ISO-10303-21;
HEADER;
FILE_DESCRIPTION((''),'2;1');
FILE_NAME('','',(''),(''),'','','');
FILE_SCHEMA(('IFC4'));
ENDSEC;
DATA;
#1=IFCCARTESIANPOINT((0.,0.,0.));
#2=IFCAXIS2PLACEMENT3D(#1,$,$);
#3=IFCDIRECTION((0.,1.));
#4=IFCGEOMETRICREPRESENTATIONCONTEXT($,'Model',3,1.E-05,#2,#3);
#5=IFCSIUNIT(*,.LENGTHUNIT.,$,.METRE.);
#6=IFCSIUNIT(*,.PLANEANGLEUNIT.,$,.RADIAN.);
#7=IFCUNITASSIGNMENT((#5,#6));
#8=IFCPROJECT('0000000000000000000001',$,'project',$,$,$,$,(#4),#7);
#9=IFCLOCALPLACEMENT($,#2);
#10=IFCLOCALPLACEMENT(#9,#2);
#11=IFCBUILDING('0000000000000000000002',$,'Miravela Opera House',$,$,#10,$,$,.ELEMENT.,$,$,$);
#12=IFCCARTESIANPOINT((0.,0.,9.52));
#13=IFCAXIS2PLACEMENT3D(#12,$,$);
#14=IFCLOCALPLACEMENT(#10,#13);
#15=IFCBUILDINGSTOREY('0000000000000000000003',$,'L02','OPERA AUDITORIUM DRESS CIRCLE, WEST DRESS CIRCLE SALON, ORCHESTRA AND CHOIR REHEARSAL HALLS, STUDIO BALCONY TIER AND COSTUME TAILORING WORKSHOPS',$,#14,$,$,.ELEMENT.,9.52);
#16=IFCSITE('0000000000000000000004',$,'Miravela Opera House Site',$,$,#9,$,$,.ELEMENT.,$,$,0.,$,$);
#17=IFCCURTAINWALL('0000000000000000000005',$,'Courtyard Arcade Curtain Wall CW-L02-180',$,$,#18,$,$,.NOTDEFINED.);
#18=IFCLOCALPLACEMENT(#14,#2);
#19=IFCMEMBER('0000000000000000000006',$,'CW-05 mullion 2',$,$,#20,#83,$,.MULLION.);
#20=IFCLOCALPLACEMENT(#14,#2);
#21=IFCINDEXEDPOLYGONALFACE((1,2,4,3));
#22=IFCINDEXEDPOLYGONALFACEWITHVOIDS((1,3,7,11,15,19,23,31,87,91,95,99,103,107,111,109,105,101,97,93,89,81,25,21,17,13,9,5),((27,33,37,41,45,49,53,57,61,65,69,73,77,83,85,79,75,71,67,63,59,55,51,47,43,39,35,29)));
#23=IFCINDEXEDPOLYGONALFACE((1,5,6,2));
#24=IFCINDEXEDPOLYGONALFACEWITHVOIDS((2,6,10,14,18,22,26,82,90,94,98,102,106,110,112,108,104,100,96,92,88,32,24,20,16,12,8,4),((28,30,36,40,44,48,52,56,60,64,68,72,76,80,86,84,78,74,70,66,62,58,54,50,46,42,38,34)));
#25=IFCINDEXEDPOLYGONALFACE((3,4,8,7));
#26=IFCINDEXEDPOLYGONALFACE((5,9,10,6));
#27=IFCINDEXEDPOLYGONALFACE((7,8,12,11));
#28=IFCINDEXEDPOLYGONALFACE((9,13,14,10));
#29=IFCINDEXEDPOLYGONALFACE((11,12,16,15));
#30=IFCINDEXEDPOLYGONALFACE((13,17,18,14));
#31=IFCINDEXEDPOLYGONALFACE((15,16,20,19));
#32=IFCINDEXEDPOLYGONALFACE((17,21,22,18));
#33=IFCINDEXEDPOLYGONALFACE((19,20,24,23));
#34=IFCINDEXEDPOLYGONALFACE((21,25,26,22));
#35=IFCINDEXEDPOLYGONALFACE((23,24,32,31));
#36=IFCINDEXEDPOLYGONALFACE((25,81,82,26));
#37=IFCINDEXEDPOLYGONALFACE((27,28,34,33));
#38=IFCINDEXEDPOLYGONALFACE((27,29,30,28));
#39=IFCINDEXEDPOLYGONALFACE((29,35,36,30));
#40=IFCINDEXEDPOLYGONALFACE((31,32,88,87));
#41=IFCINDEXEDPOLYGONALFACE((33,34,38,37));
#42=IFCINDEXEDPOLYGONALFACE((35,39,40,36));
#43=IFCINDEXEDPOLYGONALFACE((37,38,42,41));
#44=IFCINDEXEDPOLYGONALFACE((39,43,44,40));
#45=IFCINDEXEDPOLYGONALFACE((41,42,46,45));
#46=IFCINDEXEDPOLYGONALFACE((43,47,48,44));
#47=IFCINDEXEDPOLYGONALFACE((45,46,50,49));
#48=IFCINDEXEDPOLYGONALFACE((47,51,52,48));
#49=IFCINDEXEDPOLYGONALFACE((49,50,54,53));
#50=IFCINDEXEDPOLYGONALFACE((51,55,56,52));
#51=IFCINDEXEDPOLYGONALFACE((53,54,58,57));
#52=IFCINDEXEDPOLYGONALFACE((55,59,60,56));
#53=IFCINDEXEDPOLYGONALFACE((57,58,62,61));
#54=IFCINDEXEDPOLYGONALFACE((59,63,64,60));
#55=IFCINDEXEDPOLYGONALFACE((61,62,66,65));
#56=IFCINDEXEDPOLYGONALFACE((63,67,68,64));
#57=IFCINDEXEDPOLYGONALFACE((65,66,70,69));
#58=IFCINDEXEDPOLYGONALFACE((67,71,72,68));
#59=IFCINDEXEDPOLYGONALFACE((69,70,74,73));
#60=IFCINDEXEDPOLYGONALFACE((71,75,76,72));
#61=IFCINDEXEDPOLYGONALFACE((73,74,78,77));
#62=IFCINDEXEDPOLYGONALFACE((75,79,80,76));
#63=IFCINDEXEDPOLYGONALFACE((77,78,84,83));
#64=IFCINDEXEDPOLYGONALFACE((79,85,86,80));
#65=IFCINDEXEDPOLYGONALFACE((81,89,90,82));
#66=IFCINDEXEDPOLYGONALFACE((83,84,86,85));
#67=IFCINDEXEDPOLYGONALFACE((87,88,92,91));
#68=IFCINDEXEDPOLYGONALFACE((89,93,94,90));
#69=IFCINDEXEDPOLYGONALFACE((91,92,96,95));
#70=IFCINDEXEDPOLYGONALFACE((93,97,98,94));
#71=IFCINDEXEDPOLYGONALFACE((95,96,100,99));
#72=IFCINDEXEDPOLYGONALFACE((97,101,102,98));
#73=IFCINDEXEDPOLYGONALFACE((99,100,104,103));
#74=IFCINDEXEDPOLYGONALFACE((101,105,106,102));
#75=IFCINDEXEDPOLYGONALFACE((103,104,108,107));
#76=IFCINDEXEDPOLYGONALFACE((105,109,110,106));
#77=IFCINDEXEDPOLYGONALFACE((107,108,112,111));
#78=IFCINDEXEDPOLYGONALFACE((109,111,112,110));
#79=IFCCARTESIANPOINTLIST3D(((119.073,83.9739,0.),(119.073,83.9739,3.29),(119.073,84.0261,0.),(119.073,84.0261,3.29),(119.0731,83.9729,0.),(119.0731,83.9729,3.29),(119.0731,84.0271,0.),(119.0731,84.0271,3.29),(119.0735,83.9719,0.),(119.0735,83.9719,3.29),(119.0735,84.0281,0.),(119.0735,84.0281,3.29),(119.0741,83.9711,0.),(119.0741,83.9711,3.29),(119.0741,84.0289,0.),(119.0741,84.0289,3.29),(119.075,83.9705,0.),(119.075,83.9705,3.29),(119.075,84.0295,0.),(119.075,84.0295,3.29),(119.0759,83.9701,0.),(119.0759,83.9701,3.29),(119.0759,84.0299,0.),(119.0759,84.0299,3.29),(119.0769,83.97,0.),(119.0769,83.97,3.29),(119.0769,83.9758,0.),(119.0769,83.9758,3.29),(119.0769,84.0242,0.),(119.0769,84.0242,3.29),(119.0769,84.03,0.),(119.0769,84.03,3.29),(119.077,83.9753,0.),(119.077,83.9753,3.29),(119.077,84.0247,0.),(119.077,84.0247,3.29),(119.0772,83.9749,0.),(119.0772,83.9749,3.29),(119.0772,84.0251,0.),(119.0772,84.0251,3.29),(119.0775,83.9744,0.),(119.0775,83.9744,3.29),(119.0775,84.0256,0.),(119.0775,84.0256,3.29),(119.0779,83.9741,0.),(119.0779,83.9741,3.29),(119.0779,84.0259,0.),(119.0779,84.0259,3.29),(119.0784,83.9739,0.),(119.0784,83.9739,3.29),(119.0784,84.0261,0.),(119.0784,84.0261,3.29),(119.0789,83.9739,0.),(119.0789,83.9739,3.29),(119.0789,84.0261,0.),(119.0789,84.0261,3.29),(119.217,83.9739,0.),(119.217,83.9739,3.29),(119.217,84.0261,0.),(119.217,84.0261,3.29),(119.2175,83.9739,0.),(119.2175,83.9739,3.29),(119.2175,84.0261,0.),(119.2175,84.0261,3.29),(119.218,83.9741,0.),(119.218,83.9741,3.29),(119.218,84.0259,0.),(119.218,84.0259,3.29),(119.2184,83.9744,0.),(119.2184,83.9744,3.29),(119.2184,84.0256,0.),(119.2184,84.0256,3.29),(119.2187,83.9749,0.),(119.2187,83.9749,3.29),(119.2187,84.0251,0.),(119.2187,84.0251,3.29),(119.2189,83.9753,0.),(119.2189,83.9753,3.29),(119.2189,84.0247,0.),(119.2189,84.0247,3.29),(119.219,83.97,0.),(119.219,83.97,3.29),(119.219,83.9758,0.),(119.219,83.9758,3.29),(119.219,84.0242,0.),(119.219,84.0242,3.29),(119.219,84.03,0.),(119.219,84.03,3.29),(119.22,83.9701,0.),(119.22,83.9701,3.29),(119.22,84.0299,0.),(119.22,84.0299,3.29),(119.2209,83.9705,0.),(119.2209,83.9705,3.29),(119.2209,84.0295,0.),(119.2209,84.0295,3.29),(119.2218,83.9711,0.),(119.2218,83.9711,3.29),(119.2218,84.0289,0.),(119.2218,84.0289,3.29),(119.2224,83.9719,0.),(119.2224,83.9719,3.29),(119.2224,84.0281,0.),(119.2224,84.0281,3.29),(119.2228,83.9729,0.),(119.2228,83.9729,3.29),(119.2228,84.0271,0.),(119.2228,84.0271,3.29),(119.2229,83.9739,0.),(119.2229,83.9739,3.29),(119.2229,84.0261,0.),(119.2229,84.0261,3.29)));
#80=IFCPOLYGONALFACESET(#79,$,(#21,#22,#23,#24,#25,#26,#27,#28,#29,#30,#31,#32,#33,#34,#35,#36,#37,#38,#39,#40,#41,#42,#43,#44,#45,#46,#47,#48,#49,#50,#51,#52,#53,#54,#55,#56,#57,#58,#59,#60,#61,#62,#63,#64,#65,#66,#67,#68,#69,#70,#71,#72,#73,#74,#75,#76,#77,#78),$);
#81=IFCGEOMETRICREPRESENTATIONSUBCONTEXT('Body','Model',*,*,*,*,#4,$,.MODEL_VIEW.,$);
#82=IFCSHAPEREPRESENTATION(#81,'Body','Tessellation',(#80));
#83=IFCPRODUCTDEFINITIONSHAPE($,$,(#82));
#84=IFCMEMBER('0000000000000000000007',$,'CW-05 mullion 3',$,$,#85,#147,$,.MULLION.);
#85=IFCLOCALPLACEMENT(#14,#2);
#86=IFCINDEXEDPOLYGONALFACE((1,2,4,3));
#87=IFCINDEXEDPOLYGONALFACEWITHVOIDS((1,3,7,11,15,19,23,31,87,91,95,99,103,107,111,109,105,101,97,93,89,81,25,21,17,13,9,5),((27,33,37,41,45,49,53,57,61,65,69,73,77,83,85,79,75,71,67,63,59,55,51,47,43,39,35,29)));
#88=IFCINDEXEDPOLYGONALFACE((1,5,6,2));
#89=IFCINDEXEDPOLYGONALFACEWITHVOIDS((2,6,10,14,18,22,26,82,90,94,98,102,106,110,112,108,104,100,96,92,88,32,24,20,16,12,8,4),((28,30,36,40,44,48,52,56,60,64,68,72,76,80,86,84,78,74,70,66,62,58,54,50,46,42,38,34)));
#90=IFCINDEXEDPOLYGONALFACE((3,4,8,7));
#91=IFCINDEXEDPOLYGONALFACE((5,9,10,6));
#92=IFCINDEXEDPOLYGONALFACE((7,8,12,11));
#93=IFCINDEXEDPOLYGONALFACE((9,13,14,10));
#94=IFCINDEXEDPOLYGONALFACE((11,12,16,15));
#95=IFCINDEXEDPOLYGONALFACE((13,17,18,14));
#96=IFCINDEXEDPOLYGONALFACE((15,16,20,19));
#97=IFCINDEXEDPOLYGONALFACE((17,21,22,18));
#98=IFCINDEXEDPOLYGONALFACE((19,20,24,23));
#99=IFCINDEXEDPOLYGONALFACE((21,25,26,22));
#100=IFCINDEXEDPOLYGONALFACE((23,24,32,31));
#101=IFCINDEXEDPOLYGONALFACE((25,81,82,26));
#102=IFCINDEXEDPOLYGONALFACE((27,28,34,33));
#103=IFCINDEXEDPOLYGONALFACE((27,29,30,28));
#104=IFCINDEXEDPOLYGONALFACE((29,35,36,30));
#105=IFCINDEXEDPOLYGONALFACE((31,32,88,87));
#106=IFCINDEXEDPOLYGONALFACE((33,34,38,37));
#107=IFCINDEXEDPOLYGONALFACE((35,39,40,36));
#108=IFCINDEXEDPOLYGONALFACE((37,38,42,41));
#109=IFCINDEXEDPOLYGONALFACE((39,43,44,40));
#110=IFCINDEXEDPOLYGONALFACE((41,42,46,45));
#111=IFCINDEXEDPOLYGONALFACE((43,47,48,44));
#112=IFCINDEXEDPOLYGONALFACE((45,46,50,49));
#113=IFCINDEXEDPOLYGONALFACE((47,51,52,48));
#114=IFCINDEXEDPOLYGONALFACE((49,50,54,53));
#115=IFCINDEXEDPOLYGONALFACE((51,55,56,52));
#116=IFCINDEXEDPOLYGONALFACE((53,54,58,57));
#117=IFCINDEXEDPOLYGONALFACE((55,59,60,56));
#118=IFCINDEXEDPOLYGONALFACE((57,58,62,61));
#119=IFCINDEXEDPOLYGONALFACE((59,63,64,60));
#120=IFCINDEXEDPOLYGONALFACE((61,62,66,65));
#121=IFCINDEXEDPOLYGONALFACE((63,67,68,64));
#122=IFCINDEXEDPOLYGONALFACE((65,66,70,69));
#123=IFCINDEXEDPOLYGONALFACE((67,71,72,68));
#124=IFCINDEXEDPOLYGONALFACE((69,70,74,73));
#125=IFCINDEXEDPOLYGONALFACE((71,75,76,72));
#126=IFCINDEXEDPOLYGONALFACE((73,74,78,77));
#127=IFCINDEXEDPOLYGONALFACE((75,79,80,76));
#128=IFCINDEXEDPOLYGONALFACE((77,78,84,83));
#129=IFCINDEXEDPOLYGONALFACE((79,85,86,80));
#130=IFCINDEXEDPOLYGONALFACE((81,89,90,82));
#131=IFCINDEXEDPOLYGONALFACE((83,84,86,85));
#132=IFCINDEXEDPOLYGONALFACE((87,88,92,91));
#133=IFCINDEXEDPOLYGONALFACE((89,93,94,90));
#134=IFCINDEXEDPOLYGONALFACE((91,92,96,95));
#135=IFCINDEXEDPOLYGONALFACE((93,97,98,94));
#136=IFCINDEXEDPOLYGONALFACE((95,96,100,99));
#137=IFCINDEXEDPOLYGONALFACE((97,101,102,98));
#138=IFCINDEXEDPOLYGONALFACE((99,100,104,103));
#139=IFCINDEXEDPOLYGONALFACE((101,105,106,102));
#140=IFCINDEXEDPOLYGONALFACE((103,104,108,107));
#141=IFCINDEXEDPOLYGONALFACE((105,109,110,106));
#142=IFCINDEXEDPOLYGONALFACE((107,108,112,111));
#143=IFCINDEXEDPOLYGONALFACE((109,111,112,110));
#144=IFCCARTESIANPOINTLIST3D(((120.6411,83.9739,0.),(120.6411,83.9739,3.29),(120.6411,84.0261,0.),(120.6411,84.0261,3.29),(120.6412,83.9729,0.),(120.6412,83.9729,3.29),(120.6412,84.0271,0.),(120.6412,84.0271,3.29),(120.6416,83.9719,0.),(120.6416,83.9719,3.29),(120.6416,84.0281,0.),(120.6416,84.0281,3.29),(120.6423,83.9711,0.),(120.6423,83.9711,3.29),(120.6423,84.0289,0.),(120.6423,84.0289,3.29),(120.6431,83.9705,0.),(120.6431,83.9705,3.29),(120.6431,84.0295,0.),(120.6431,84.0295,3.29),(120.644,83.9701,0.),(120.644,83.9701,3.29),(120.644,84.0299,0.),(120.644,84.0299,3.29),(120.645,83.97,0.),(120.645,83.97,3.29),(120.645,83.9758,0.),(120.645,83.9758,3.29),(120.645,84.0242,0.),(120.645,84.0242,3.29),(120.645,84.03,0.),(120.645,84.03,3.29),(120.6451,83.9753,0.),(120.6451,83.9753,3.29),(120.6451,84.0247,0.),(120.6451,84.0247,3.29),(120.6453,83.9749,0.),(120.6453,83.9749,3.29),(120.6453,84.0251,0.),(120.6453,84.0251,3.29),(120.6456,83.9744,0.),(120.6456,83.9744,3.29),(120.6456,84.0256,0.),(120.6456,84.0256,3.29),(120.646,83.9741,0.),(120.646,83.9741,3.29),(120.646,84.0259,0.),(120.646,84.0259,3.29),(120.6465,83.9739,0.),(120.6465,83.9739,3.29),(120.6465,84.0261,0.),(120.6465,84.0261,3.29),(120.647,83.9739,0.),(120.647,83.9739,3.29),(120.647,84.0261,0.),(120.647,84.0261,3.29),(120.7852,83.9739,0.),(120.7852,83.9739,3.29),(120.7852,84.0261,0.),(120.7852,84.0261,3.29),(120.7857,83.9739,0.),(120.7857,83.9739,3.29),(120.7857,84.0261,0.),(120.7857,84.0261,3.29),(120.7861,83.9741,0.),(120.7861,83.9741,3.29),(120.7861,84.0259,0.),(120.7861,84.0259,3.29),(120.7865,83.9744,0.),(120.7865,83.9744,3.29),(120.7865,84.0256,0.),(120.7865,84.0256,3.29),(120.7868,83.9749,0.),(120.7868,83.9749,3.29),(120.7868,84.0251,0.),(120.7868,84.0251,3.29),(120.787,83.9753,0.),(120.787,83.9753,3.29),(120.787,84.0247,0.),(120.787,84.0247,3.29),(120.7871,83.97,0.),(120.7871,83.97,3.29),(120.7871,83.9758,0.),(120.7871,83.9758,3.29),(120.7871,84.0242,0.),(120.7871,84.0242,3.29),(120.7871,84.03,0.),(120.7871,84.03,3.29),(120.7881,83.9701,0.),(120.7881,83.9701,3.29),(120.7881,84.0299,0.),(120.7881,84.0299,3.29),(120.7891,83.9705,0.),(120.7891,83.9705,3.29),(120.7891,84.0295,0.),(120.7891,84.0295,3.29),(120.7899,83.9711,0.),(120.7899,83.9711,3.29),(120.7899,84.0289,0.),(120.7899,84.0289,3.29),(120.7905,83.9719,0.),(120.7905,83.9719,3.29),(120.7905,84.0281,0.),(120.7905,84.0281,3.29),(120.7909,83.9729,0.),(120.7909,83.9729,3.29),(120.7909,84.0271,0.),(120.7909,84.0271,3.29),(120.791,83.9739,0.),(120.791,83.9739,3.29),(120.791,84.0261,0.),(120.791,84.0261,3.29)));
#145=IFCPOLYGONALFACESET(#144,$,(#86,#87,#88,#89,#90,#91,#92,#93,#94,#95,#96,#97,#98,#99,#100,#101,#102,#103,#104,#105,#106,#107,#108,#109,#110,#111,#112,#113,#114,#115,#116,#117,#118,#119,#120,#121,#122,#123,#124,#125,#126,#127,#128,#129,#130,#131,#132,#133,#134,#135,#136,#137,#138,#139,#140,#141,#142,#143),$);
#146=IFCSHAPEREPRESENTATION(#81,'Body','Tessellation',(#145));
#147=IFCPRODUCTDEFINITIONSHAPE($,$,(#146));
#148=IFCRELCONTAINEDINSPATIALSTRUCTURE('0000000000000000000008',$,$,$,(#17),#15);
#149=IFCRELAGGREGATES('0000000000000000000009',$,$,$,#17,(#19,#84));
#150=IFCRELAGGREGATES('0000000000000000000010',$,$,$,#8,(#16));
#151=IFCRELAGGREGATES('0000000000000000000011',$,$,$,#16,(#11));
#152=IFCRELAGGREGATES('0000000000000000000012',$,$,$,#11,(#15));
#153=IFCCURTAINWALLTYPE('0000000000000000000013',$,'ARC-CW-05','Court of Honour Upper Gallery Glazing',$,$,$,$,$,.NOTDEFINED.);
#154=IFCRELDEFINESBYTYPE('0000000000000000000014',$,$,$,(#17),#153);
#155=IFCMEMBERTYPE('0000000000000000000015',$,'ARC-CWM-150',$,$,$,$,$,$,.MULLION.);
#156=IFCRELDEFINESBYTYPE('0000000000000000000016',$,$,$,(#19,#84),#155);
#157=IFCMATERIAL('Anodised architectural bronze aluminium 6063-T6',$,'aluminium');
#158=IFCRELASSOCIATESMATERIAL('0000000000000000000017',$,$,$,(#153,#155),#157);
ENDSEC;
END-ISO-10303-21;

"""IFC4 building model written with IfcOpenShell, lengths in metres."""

from ifc_helpers import new_model, si_unit, direction, frame, origin, origin_2d, place, context, subcontext, project, spatial, hollow_rectangle, extrude, material, material_profile, profile_set, type_object, element, aggregate, save


model = new_model("IFC4")

# Units and contexts
model_context = context("Model", 3, precision=1e-05, world=origin(), true_north=direction((0.0, 1.0)))
body_context = subcontext(model_context, "Body", "Model", "MODEL_VIEW")
ifc_project = project(units=[si_unit("LENGTHUNIT", "METRE"), si_unit("PLANEANGLEUNIT", "RADIAN")], contexts=[model_context])

# Site, building, storey
site_placement = place(None, origin())
site = spatial("IfcSite", under=ifc_project, at=site_placement, Name="Miravela Opera House Site", CompositionType="ELEMENT", RefElevation=0.0)
building_placement = place(site_placement, origin())
building = spatial("IfcBuilding", under=site, at=building_placement, Name="Miravela Opera House", CompositionType="ELEMENT")
storey_placement = place(building_placement, frame((0.0, 0.0, 9.52)))
storey = spatial("IfcBuildingStorey", under=building, at=storey_placement, Name="L02", Description="OPERA AUDITORIUM DRESS CIRCLE, WEST DRESS CIRCLE SALON, ORCHESTRA AND CHOIR REHEARSAL HALLS, STUDIO BALCONY TIER AND COSTUME TAILORING WORKSHOPS", CompositionType="ELEMENT", Elevation=9.52)

# Curtain wall, members
ifc_material_1 = material(Name="Anodised architectural bronze aluminium 6063-T6", Category="aluminium")
curtain_wall_type = type_object("IfcCurtainWallType", Name="ARC-CW-05", Description="Court of Honour Upper Gallery Glazing", PredefinedType="NOTDEFINED", material=ifc_material_1)
curtain_wall_placement = place(storey_placement, origin())
curtain_wall = element("IfcCurtainWall", 1, at=curtain_wall_placement, inside=storey, type_object=curtain_wall_type, Name="Courtyard Arcade Curtain Wall CW-L02-180", PredefinedType="NOTDEFINED")
ifc_material_profile_1 = material_profile(ifc_material_1, hollow_rectangle(XDim=0.0601, YDim=0.1499, WallThickness=0.0039, InnerFilletRadius=0.002, OuterFilletRadius=0.0039, at=origin_2d()), Name="CWM-60X150")
ifc_profile_set_1 = profile_set([ifc_material_profile_1])
member_type_1 = type_object("IfcMemberType", Name="ARC-CWM-150", PredefinedType="MULLION", material=ifc_profile_set_1)
member_1_placement = place(storey_placement, frame((119.1479, 84.0, 0.0), z_axis=(0.0, 0.0, 1.0), x_axis=(0.0, 1.0, 0.0)))
member_1 = element("IfcMember", 2, at=member_1_placement, type_object=member_type_1, Name="CW-05 mullion 2", PredefinedType="MULLION", context=body_context, shape_type="SweptSolid", body=[
    extrude(hollow_rectangle(XDim=0.0601, YDim=0.1499, WallThickness=0.0039, InnerFilletRadius=0.002, OuterFilletRadius=0.0039, at=origin_2d()), origin(), (0.0, 0.0, 1.0), 3.29),
])
member_2_placement = place(storey_placement, frame((120.7161, 84.0, 0.0), z_axis=(0.0, 0.0, 1.0), x_axis=(0.0, 1.0, 0.0)))
member_2 = element("IfcMember", 3, at=member_2_placement, type_object=member_type_1, Name="CW-05 mullion 3", PredefinedType="MULLION", context=body_context, shape_type="SweptSolid", body=[
    extrude(hollow_rectangle(XDim=0.0601, YDim=0.1499, WallThickness=0.0039, InnerFilletRadius=0.002, OuterFilletRadius=0.0039, at=origin_2d()), origin(), (0.0, 0.0, 1.0), 3.29),
])
aggregate(curtain_wall, [member_1, member_2])

save(model, "model.ifc")
